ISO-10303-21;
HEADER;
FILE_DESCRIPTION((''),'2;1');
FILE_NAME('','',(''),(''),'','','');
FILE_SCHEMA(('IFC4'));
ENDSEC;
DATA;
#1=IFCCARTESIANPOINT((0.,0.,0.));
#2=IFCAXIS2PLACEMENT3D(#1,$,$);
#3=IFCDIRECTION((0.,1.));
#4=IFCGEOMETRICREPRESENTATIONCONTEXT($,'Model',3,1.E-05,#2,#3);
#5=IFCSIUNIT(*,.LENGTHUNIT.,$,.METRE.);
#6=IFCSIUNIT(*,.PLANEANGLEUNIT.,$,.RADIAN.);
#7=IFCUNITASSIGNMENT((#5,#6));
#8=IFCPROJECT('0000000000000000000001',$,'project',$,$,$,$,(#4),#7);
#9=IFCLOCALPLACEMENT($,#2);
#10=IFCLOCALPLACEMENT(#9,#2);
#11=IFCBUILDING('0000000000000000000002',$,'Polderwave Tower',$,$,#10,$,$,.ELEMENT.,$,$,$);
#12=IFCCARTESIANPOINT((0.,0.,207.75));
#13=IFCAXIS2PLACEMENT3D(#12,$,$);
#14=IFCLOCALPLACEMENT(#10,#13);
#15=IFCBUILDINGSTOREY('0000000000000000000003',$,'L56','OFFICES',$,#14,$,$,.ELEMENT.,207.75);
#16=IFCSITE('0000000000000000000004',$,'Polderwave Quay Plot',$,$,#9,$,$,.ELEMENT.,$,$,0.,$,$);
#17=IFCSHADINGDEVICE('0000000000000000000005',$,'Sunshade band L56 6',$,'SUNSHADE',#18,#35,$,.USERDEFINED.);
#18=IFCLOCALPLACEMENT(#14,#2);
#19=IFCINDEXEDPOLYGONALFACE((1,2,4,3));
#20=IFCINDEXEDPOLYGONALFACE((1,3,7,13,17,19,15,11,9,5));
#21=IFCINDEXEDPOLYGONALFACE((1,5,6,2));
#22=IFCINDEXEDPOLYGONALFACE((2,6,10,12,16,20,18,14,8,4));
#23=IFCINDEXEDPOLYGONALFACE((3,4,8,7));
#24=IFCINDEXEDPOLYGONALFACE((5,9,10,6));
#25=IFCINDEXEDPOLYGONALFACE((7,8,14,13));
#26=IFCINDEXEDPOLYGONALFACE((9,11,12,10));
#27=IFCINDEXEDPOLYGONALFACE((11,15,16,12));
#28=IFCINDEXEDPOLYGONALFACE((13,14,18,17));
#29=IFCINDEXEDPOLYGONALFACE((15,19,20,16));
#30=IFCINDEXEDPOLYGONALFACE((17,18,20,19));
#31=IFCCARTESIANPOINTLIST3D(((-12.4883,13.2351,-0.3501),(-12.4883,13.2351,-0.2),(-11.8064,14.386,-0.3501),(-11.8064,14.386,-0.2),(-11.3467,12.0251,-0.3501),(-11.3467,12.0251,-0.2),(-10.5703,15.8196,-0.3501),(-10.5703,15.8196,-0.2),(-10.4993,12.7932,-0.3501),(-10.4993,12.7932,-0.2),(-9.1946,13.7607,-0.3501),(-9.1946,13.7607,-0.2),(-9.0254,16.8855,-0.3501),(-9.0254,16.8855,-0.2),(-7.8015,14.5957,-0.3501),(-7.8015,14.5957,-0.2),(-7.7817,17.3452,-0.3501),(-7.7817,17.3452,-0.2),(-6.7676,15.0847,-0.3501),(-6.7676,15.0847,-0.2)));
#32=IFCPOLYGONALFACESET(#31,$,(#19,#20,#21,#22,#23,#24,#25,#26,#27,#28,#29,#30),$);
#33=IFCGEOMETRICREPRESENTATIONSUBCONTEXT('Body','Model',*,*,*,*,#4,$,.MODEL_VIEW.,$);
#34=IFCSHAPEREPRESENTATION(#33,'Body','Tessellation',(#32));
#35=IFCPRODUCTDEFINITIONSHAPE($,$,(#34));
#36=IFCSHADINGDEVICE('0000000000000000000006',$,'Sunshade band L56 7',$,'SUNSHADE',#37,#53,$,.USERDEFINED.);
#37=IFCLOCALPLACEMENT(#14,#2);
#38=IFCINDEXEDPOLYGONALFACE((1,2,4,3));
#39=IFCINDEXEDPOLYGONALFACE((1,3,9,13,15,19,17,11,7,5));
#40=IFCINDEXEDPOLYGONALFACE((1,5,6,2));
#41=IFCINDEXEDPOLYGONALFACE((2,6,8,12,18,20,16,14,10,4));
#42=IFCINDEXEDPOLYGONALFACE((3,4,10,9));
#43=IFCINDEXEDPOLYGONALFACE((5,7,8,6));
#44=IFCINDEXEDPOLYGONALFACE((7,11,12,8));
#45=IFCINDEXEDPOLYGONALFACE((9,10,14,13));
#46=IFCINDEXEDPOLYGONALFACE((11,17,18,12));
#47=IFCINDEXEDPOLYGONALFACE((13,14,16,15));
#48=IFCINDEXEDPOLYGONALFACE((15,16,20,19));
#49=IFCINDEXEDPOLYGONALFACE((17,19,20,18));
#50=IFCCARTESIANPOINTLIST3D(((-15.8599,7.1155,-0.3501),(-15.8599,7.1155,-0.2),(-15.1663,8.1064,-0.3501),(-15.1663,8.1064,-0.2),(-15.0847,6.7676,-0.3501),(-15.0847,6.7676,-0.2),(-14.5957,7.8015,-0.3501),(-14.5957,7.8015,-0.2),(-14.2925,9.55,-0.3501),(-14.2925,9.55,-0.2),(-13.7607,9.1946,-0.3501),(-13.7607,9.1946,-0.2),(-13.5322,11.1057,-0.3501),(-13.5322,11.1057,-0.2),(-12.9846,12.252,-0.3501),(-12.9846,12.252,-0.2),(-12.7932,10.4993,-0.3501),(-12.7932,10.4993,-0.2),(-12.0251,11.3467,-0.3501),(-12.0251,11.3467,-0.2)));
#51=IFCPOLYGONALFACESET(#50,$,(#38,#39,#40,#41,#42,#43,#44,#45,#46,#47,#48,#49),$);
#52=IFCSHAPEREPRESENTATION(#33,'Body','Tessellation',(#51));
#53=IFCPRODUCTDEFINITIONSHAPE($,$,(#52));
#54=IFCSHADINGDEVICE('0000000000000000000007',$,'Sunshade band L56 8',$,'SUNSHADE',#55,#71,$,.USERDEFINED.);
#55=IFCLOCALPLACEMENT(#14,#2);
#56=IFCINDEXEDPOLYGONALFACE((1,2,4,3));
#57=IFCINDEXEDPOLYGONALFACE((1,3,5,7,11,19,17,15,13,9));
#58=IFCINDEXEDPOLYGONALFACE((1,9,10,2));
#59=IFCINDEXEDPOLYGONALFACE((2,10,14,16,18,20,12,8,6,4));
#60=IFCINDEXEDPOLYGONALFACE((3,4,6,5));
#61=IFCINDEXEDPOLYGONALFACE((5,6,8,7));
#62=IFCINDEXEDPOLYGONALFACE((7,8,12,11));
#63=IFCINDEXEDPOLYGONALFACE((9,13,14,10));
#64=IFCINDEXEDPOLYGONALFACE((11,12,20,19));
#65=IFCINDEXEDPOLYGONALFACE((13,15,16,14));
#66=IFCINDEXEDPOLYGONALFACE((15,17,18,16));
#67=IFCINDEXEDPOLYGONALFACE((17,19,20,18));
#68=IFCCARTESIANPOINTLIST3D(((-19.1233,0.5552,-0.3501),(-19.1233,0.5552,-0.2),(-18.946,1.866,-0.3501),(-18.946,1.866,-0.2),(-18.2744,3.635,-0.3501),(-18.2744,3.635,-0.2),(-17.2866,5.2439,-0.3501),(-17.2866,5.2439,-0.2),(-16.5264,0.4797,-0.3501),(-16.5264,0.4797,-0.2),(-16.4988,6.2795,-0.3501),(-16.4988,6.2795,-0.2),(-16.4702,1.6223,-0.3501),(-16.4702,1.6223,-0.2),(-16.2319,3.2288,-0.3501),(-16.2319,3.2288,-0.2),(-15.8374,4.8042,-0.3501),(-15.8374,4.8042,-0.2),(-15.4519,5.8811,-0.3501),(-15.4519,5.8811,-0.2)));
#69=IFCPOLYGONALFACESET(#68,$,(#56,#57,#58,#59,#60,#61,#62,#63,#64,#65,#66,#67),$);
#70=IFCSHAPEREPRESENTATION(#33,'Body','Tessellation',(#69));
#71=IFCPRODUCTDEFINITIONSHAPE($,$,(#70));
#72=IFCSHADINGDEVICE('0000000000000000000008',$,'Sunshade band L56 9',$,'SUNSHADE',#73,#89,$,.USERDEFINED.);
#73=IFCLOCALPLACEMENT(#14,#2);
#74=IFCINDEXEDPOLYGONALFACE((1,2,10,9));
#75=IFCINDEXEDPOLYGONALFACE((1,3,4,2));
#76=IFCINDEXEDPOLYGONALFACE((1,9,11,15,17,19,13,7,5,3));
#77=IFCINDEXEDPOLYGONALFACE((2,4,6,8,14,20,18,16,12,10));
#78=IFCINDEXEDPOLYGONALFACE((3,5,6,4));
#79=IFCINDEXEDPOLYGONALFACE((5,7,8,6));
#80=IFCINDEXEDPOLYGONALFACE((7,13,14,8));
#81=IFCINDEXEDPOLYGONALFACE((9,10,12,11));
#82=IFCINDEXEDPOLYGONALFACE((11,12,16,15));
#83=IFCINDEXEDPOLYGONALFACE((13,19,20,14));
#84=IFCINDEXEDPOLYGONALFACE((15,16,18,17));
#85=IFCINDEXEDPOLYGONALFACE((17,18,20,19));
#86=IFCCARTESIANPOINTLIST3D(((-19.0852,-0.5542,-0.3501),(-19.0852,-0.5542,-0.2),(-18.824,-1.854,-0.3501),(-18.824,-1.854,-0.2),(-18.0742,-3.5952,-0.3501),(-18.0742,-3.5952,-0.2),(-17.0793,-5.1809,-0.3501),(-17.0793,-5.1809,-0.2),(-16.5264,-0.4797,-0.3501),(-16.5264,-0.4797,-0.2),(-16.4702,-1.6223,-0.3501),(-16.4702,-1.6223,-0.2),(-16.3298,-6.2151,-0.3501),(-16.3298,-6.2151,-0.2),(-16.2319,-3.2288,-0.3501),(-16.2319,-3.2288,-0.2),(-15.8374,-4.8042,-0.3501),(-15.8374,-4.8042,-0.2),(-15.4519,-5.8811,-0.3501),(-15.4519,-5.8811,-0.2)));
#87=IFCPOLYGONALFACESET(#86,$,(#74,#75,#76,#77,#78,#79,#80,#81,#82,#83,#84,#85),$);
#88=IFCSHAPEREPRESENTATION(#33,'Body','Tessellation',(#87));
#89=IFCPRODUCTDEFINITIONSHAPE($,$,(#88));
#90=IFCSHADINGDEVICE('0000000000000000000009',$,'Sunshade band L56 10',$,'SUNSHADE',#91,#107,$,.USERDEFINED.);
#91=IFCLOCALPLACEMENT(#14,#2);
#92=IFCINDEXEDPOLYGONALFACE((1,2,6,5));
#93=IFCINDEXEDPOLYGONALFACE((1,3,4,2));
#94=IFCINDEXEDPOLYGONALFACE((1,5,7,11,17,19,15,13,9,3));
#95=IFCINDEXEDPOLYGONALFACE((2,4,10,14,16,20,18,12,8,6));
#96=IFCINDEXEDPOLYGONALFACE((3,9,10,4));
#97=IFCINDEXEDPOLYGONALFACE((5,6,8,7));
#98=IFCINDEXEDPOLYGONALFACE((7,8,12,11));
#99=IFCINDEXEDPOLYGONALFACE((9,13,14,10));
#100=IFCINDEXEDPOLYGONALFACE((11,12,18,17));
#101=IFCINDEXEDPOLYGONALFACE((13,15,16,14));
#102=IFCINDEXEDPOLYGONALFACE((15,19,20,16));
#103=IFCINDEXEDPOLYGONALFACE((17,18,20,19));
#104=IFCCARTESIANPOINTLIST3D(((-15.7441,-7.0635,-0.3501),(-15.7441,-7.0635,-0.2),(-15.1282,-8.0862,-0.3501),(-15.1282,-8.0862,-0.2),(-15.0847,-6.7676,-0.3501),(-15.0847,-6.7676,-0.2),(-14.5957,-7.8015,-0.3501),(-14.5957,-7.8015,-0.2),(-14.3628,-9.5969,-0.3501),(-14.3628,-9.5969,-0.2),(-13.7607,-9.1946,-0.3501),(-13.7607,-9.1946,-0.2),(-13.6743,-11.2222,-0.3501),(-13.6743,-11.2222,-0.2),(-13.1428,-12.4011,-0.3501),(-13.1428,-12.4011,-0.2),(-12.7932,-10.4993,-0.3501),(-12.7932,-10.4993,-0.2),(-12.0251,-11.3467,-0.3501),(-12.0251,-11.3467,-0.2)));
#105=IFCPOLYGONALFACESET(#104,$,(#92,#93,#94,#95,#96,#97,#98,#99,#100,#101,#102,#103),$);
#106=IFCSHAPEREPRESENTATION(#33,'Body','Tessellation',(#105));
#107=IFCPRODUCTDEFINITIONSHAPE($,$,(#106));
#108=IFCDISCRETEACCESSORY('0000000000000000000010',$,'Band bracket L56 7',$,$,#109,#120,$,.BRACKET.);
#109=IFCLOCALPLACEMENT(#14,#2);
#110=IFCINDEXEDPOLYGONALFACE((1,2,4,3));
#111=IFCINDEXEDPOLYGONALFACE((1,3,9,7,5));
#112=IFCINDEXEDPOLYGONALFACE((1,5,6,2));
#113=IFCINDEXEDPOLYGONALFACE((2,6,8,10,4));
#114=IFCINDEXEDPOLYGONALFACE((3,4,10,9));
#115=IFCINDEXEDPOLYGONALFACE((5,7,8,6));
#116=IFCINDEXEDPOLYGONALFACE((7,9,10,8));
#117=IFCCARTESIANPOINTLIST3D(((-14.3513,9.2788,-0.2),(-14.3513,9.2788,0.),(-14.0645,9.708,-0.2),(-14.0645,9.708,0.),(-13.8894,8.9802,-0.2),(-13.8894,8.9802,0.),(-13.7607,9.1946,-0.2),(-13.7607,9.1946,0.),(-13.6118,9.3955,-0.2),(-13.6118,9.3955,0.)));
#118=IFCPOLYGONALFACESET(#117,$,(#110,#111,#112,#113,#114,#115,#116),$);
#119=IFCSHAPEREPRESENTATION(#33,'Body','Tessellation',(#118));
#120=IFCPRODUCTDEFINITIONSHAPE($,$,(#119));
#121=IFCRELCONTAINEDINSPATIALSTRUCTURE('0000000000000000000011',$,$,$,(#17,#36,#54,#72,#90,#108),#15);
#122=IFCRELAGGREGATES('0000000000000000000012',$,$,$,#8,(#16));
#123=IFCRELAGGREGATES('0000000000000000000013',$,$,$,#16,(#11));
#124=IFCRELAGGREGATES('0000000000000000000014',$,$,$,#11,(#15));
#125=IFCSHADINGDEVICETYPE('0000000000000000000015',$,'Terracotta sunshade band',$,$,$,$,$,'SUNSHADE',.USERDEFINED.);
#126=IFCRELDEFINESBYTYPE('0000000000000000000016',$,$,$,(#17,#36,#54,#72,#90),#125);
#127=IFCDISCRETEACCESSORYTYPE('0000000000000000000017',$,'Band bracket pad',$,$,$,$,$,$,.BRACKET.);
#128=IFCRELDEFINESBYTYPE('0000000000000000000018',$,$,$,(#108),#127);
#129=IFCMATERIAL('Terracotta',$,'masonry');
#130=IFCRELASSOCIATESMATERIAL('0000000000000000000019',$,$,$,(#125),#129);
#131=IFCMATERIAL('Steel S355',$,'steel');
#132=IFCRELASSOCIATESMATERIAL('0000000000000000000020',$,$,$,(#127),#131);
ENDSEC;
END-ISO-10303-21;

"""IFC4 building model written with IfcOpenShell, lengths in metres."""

from ifc_helpers import new_model, si_unit, direction, frame, origin, place, context, subcontext, project, spatial, polyline, outline, extrude, material, type_object, element, save


model = new_model("IFC4")

# Units and contexts
model_context = context("Model", 3, precision=1e-05, world=origin(), true_north=direction((0.0, 1.0)))
body_context = subcontext(model_context, "Body", "Model", "MODEL_VIEW")
ifc_project = project(units=[si_unit("LENGTHUNIT", "METRE"), si_unit("PLANEANGLEUNIT", "RADIAN")], contexts=[model_context])

# Site, building, storey
site_placement = place(None, origin())
site = spatial("IfcSite", under=ifc_project, at=site_placement, Name="Polderwave Quay Plot", CompositionType="ELEMENT", RefElevation=0.0)
building_placement = place(site_placement, origin())
building = spatial("IfcBuilding", under=site, at=building_placement, Name="Polderwave Tower", CompositionType="ELEMENT")
storey_placement = place(building_placement, frame((0.0, 0.0, 207.75)))
storey = spatial("IfcBuildingStorey", under=building, at=storey_placement, Name="L56", Description="OFFICES", CompositionType="ELEMENT", Elevation=207.75)

# Shading devices
ifc_material_1 = material(Name="Terracotta", Category="masonry")
shading_device_type = type_object("IfcShadingDeviceType", Name="Terracotta sunshade band", ElementType="SUNSHADE", PredefinedType="USERDEFINED", material=ifc_material_1)
shading_device_1_placement = place(storey_placement, frame((0.0, 0.0, -0.3501)))
element("IfcShadingDevice", 1, at=shading_device_1_placement, inside=storey, type_object=shading_device_type, Name="Sunshade band L56 6", ObjectType="SUNSHADE", PredefinedType="USERDEFINED", context=body_context, shape_type="SweptSolid", body=[
    extrude(outline(polyline([(-6.7676, 15.0847), (-7.8015, 14.5957), (-9.1946, 13.7607), (-10.4993, 12.7932), (-11.3467, 12.0251), (-12.4883, 13.2351), (-11.8064, 14.386), (-10.5703, 15.8196), (-9.0254, 16.8855), (-7.7817, 17.3452), (-6.7676, 15.0847)])), origin(), (0.0, 0.0, 1.0), 0.1501),
])
shading_device_2_placement = place(storey_placement, frame((0.0, 0.0, -0.3501)))
element("IfcShadingDevice", 2, at=shading_device_2_placement, inside=storey, type_object=shading_device_type, Name="Sunshade band L56 7", ObjectType="SUNSHADE", PredefinedType="USERDEFINED", context=body_context, shape_type="SweptSolid", body=[
    extrude(outline(polyline([(-12.0251, 11.3467), (-12.7932, 10.4993), (-13.7607, 9.1946), (-14.5957, 7.8015), (-15.0847, 6.7676), (-15.8599, 7.1155), (-15.1663, 8.1064), (-14.2925, 9.55), (-13.5322, 11.1057), (-12.9846, 12.252), (-12.0251, 11.3467)])), origin(), (0.0, 0.0, 1.0), 0.1501),
])
shading_device_3_placement = place(storey_placement, frame((0.0, 0.0, -0.3501)))
element("IfcShadingDevice", 3, at=shading_device_3_placement, inside=storey, type_object=shading_device_type, Name="Sunshade band L56 8", ObjectType="SUNSHADE", PredefinedType="USERDEFINED", context=body_context, shape_type="SweptSolid", body=[
    extrude(outline(polyline([(-15.4519, 5.8811), (-15.8374, 4.8042), (-16.2319, 3.2288), (-16.4702, 1.6223), (-16.5264, 0.4797), (-19.1233, 0.5552), (-18.946, 1.866), (-18.2744, 3.635), (-17.2866, 5.2439), (-16.4988, 6.2795), (-15.4519, 5.8811)])), origin(), (0.0, 0.0, 1.0), 0.1501),
])
shading_device_4_placement = place(storey_placement, frame((0.0, 0.0, -0.3501)))
element("IfcShadingDevice", 4, at=shading_device_4_placement, inside=storey, type_object=shading_device_type, Name="Sunshade band L56 9", ObjectType="SUNSHADE", PredefinedType="USERDEFINED", context=body_context, shape_type="SweptSolid", body=[
    extrude(outline(polyline([(-16.5264, -0.4797), (-16.4702, -1.6223), (-16.2319, -3.2288), (-15.8374, -4.8042), (-15.4519, -5.8811), (-16.3298, -6.2151), (-17.0793, -5.1809), (-18.0742, -3.5952), (-18.824, -1.854), (-19.0852, -0.5542), (-16.5264, -0.4797)])), origin(), (0.0, 0.0, 1.0), 0.1501),
])
shading_device_5_placement = place(storey_placement, frame((0.0, 0.0, -0.3501)))
element("IfcShadingDevice", 5, at=shading_device_5_placement, inside=storey, type_object=shading_device_type, Name="Sunshade band L56 10", ObjectType="SUNSHADE", PredefinedType="USERDEFINED", context=body_context, shape_type="SweptSolid", body=[
    extrude(outline(polyline([(-15.0847, -6.7676), (-14.5957, -7.8015), (-13.7607, -9.1946), (-12.7932, -10.4993), (-12.0251, -11.3467), (-13.1428, -12.4011), (-13.6743, -11.2222), (-14.3628, -9.5969), (-15.1282, -8.0862), (-15.7441, -7.0635), (-15.0847, -6.7676)])), origin(), (0.0, 0.0, 1.0), 0.1501),
])

# Discrete accessory
ifc_material_2 = material(Name="Steel S355", Category="steel")
discrete_accessory_type = type_object("IfcDiscreteAccessoryType", Name="Band bracket pad", PredefinedType="BRACKET", material=ifc_material_2)
discrete_accessory_placement = place(storey_placement, frame((0.0, 0.0, -0.2)))
element("IfcDiscreteAccessory", 6, at=discrete_accessory_placement, inside=storey, type_object=discrete_accessory_type, Name="Band bracket L56 7", PredefinedType="BRACKET", context=body_context, shape_type="SweptSolid", body=[
    extrude(outline(polyline([(-13.6118, 9.3955), (-13.7607, 9.1946), (-13.8894, 8.9802), (-14.3513, 9.2788), (-14.0645, 9.708), (-13.6118, 9.3955)])), origin(), (0.0, 0.0, 1.0), 0.2),
])

save(model, "model.ifc")
